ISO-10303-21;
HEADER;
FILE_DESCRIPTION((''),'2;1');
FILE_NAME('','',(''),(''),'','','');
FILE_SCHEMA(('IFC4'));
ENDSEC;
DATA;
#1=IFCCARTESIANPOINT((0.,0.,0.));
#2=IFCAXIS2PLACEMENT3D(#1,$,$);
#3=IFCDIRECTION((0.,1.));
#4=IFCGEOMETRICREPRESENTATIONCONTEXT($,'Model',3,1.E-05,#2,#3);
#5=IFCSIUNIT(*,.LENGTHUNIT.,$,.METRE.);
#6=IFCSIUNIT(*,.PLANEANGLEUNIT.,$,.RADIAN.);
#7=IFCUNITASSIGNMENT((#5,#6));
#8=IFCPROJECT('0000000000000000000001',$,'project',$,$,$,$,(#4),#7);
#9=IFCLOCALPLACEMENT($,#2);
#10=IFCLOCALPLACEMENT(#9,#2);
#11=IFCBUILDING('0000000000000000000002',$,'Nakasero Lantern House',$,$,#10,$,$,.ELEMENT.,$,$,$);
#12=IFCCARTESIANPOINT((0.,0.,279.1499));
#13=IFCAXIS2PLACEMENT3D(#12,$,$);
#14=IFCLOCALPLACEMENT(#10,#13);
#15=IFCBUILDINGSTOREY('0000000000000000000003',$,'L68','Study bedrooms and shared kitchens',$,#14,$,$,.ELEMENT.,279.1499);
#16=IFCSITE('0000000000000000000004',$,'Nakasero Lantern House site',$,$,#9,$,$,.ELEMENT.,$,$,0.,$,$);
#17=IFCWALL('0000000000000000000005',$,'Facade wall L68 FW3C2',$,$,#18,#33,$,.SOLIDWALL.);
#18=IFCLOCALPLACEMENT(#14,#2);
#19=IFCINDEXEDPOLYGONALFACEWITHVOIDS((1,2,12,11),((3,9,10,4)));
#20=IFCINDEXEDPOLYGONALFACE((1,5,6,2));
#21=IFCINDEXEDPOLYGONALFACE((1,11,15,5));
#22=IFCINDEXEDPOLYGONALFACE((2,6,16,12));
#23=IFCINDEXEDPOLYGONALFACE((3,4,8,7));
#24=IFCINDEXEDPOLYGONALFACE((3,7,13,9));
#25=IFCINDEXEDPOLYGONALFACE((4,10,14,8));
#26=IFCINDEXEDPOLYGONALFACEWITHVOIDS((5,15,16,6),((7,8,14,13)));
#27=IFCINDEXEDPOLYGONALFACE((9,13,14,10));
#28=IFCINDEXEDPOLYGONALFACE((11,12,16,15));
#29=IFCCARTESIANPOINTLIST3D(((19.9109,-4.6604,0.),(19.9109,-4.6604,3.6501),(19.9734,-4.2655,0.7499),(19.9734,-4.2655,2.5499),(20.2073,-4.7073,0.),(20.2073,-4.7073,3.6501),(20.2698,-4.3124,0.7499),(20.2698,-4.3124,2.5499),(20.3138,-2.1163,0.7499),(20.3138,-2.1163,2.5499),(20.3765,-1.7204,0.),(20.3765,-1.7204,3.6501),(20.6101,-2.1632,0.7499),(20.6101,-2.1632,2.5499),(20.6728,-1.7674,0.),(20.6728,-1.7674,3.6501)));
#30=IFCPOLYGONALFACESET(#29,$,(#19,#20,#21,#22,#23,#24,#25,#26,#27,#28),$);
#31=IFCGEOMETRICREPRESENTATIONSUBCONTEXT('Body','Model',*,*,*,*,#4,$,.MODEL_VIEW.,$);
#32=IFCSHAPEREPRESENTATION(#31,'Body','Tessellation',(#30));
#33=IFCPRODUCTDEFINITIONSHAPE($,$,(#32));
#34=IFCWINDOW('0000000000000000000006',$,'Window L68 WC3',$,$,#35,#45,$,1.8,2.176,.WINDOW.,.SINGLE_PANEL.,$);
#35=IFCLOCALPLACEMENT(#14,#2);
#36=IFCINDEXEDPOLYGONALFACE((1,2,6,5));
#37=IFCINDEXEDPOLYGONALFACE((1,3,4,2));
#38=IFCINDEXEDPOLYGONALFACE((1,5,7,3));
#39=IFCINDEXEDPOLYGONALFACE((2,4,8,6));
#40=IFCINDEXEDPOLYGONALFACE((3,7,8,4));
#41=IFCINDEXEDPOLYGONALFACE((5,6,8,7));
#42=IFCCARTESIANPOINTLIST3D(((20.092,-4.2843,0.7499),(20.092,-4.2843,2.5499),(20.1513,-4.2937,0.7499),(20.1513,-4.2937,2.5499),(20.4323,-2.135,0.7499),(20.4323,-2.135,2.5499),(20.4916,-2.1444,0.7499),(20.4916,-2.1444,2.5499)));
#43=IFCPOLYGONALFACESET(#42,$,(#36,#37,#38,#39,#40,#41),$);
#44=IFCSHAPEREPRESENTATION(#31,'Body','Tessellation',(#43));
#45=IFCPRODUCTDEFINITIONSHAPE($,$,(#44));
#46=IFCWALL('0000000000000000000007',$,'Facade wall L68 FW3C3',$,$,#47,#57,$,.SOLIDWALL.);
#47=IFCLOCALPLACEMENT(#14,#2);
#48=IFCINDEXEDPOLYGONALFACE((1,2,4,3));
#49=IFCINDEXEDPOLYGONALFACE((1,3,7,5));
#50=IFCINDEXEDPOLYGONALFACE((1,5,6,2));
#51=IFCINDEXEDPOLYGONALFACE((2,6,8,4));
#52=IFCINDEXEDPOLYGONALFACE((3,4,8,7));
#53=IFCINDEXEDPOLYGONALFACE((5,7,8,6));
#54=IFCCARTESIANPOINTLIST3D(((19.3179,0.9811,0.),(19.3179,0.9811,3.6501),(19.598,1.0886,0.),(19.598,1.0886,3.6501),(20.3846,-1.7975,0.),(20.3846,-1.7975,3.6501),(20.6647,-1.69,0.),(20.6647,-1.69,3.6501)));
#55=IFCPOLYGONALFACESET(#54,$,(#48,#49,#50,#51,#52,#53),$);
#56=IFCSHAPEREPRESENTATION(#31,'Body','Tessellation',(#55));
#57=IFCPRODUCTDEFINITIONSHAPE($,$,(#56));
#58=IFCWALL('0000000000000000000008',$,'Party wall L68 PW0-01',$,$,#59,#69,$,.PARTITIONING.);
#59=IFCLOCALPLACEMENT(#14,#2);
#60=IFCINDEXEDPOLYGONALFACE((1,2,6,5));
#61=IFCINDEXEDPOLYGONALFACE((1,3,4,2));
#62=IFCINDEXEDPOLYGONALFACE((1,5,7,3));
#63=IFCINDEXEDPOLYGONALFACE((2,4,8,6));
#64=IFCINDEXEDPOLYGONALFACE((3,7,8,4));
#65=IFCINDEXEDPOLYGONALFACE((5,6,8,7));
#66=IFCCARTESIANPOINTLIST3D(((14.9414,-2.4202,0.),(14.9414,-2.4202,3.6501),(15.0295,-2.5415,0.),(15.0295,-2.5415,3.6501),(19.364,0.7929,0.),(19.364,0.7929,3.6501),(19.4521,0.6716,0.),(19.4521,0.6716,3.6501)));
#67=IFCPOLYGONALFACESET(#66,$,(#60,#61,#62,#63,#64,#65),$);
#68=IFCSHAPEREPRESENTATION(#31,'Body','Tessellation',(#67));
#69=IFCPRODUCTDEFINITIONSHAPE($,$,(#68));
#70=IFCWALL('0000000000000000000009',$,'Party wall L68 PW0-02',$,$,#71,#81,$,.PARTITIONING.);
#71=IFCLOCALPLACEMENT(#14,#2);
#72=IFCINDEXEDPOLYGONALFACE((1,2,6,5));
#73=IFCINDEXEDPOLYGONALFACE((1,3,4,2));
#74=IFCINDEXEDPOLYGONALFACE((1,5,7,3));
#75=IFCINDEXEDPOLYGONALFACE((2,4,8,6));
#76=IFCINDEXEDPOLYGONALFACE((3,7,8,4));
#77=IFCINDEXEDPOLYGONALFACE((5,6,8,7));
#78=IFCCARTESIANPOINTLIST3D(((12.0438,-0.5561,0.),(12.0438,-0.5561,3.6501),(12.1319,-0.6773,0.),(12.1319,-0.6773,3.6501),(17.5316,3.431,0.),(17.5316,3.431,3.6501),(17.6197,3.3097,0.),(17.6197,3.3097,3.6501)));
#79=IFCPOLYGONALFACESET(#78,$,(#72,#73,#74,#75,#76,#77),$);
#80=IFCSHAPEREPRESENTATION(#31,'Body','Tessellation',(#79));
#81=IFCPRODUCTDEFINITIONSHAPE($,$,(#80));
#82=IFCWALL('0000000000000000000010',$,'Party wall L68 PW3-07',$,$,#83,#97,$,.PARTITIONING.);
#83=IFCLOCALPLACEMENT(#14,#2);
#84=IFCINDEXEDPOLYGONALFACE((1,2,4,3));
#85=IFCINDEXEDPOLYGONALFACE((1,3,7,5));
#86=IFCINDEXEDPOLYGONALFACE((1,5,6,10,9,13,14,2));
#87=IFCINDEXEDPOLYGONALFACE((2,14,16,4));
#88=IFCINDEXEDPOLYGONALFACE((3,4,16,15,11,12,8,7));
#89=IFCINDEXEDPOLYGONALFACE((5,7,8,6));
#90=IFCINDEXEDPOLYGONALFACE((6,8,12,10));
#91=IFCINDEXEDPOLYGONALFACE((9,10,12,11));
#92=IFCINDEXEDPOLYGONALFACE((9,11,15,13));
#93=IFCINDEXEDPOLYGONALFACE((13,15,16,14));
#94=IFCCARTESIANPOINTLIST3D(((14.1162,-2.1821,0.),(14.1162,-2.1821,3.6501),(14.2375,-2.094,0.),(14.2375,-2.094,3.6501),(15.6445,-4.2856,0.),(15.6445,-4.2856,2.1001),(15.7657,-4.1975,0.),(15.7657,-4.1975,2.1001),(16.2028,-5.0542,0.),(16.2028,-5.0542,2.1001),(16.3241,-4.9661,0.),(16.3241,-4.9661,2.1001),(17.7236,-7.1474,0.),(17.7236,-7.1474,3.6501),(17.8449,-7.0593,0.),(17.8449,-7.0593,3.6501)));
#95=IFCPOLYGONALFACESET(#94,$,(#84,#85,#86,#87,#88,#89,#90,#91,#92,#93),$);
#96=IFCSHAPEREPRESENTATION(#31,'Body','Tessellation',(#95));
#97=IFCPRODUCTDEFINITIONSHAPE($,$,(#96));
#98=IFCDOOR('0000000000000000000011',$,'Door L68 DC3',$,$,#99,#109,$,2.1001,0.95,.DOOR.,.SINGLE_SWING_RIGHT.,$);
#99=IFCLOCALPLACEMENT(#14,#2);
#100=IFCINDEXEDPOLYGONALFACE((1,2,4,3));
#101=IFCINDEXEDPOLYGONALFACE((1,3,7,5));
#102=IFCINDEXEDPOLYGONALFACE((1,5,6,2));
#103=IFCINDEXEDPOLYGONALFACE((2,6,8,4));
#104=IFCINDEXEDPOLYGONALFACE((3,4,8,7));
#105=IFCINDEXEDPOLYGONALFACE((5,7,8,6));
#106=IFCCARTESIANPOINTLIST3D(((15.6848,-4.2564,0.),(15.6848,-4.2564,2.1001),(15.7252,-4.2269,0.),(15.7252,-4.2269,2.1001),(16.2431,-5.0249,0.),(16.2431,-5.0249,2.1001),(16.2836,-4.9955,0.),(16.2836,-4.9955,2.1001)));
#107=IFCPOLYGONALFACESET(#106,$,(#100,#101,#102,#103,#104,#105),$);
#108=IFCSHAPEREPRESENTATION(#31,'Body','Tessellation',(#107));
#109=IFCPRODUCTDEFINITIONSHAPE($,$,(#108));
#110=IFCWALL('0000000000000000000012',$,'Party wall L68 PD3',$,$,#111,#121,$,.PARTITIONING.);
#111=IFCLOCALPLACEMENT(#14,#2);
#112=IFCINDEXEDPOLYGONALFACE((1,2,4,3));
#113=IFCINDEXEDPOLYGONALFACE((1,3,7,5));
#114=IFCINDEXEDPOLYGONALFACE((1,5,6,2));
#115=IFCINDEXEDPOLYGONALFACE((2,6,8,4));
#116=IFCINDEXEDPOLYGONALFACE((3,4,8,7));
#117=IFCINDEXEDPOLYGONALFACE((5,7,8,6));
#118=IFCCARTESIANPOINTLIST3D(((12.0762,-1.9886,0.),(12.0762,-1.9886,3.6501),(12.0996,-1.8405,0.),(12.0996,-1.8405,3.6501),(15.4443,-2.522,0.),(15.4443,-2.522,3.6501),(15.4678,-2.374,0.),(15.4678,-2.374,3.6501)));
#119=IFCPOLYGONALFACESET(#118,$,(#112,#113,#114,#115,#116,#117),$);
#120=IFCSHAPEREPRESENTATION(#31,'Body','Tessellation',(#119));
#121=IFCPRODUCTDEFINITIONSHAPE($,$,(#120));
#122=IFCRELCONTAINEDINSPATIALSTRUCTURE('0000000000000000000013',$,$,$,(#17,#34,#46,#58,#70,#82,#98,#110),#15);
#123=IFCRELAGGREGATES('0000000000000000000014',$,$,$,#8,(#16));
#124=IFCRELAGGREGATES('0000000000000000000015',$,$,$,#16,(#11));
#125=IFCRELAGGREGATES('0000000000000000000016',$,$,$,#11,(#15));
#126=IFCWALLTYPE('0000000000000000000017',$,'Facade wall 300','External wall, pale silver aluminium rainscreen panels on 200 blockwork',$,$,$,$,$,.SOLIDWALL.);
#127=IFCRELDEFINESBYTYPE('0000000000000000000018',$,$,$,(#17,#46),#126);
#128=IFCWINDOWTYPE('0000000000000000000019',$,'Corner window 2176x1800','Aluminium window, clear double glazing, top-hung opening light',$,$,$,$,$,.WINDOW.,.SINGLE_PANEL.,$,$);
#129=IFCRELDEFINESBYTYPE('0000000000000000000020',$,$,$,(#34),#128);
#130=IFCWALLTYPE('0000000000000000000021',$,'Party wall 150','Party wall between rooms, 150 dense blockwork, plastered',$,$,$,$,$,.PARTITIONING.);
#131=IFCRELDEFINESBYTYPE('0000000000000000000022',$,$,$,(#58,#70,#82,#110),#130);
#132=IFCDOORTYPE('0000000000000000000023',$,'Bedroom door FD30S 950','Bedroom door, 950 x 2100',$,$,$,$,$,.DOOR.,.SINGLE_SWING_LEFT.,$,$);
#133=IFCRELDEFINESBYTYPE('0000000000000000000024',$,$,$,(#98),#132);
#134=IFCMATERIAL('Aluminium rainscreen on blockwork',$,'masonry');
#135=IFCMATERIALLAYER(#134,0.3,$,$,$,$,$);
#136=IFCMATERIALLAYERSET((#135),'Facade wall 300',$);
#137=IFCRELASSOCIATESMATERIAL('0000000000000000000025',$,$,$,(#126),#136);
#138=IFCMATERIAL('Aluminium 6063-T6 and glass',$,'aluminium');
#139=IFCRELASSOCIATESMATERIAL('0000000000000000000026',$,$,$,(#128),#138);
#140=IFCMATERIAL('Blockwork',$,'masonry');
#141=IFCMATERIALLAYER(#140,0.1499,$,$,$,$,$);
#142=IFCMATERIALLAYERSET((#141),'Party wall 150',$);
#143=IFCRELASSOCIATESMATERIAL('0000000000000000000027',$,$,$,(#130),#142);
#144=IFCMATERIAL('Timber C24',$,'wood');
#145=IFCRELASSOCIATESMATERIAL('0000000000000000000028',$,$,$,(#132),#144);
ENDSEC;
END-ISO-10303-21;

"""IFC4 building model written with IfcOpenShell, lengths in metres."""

from ifc_helpers import new_model, si_unit, direction, frame, frame_2d, origin, place, context, subcontext, project, spatial, rectangle, extrude, material, layer, layer_set, type_object, element, fill, save


model = new_model("IFC4")

# Units and contexts
model_context = context("Model", 3, precision=1e-05, world=origin(), true_north=direction((0.0, 1.0)))
body_context = subcontext(model_context, "Body", "Model", "MODEL_VIEW")
ifc_project = project(units=[si_unit("LENGTHUNIT", "METRE"), si_unit("PLANEANGLEUNIT", "RADIAN")], contexts=[model_context])

# Site, building, storey
site_placement = place(None, origin())
site = spatial("IfcSite", under=ifc_project, at=site_placement, Name="Nakasero Lantern House site", CompositionType="ELEMENT", RefElevation=0.0)
building_placement = place(site_placement, origin())
building = spatial("IfcBuilding", under=site, at=building_placement, Name="Nakasero Lantern House", CompositionType="ELEMENT")
storey_placement = place(building_placement, frame((0.0, 0.0, 279.1499)))
storey = spatial("IfcBuildingStorey", under=building, at=storey_placement, Name="L68", Description="Study bedrooms and shared kitchens", CompositionType="ELEMENT", Elevation=279.1499)

# Shared definitions
ifc_material_1 = material(Name="Aluminium rainscreen on blockwork", Category="masonry")
ifc_layer_1 = layer(ifc_material_1, 0.3)
ifc_layer_set_1 = layer_set([ifc_layer_1], Name="Facade wall 300")
wall_type_1 = type_object("IfcWallType", Name="Facade wall 300", Description="External wall, pale silver aluminium rainscreen panels on 200 blockwork", PredefinedType="SOLIDWALL", material=ifc_layer_set_1)

# Wall, opening, window
wall_1_placement = place(storey_placement, frame((20.0591, -4.6838, 0.0), z_axis=(0.0, 0.0, 1.0), x_axis=(0.156413, 0.987692, 0.0)))
wall_1 = element("IfcWall", 1, at=wall_1_placement, inside=storey, type_object=wall_type_1, Name="Facade wall L68 FW3C2", PredefinedType="SOLIDWALL", context=body_context, shape_type="SweptSolid", body=[
    extrude(rectangle(XDim=2.9766, YDim=0.3, at=frame_2d((1.4883, 0.0))), origin(), (0.0, 0.0, 1.0), 3.6501),
])
opening_1_placement = place(wall_1_placement, frame((0.3999, 0.0, 0.75)))
opening_1 = element("IfcOpeningElement", 2, at=opening_1_placement, cuts=wall_1, PredefinedType="OPENING", context=body_context, shape_type="SweptSolid", body=[
    extrude(rectangle(XDim=2.176, YDim=1.8, at=frame_2d((1.0879, 0.8999))), frame((0.0, 0.1699, 0.0), z_axis=(0.0, -1.0, 0.0), x_axis=(1.0, 0.0, 0.0)), (0.0, 0.0, 1.0), 0.3401),
])
ifc_material_2 = material(Name="Aluminium 6063-T6 and glass", Category="aluminium")
window_type = type_object("IfcWindowType", Name="Corner window 2176x1800", Description="Aluminium window, clear double glazing, top-hung opening light", PartitioningType="SINGLE_PANEL", PredefinedType="WINDOW", material=ifc_material_2)
window_placement = place(opening_1_placement, origin())
window = element("IfcWindow", 3, at=window_placement, inside=storey, type_object=window_type, Name="Window L68 WC3", OverallHeight=1.8, OverallWidth=2.176, PartitioningType="SINGLE_PANEL", PredefinedType="WINDOW", context=body_context, shape_type="SweptSolid", body=[
    extrude(rectangle(XDim=2.176, YDim=1.8, at=frame_2d((1.0879, 0.8999))), frame((0.0, 0.03, 0.0), z_axis=(0.0, -1.0, 0.0), x_axis=(1.0, 0.0, 0.0)), (0.0, 0.0, 1.0), 0.0601),
])
fill(opening_1, window)

# Walls
wall_2_placement = place(storey_placement, frame((20.5247, -1.7439, 0.0), z_axis=(0.0, 0.0, 1.0), x_axis=(-0.358385, 0.933574, 0.0)))
element("IfcWall", 4, at=wall_2_placement, inside=storey, type_object=wall_type_1, Name="Facade wall L68 FW3C3", PredefinedType="SOLIDWALL", context=body_context, shape_type="SweptSolid", body=[
    extrude(rectangle(XDim=2.9763, YDim=0.3, at=frame_2d((1.4883, 0.0))), origin(), (0.0, 0.0, 1.0), 3.6501),
])
ifc_material_3 = material(Name="Blockwork", Category="masonry")
ifc_layer_2 = layer(ifc_material_3, 0.1499)
ifc_layer_set_2 = layer_set([ifc_layer_2], Name="Party wall 150")
wall_type_2 = type_object("IfcWallType", Name="Party wall 150", Description="Party wall between rooms, 150 dense blockwork, plastered", PredefinedType="PARTITIONING", material=ifc_layer_set_2)
wall_3_placement = place(storey_placement, frame((14.9854, -2.481, 0.0), z_axis=(0.0, 0.0, 1.0), x_axis=(0.809024, 0.587776, 0.0)))
element("IfcWall", 5, at=wall_3_placement, inside=storey, type_object=wall_type_2, Name="Party wall L68 PW0-01", PredefinedType="PARTITIONING", context=body_context, shape_type="SweptSolid", body=[
    extrude(rectangle(XDim=5.4666, YDim=0.1499, at=frame_2d((2.7334, 0.0))), origin(), (0.0, 0.0, 1.0), 3.6501),
])
wall_4_placement = place(storey_placement, frame((12.0879, -0.6167, 0.0), z_axis=(0.0, 0.0, 1.0), x_axis=(0.809021, 0.58778, 0.0)))
element("IfcWall", 6, at=wall_4_placement, inside=storey, type_object=wall_type_2, Name="Party wall L68 PW0-02", PredefinedType="PARTITIONING", context=body_context, shape_type="SweptSolid", body=[
    extrude(rectangle(XDim=6.7832, YDim=0.1499, at=frame_2d((3.3916, 0.0))), origin(), (0.0, 0.0, 1.0), 3.6501),
])

# Wall, opening, door
wall_5_placement = place(storey_placement, frame((14.1768, -2.1379, 0.0), z_axis=(0.0, 0.0, 1.0), x_axis=(0.587774, -0.809025, 0.0)))
wall_5 = element("IfcWall", 7, at=wall_5_placement, inside=storey, type_object=wall_type_2, Name="Party wall L68 PW3-07", PredefinedType="PARTITIONING", context=body_context, shape_type="SweptSolid", body=[
    extrude(rectangle(XDim=6.1375, YDim=0.1499, at=frame_2d((3.0688, 0.0))), origin(), (0.0, 0.0, 1.0), 3.6501),
])
opening_2_placement = place(wall_5_placement, frame((2.6001, 0.0, 0.0)))
opening_2 = element("IfcOpeningElement", 8, at=opening_2_placement, cuts=wall_5, PredefinedType="OPENING", context=body_context, shape_type="SweptSolid", body=[
    extrude(rectangle(XDim=0.95, YDim=2.1001, at=frame_2d((0.4751, 1.05))), frame((0.0, 0.095, 0.0), z_axis=(0.0, -1.0, 0.0), x_axis=(1.0, 0.0, 0.0)), (0.0, 0.0, 1.0), 0.1899),
])
ifc_material_4 = material(Name="Timber C24", Category="wood")
door_type_1 = type_object("IfcDoorType", Name="Bedroom door FD30S 950", Description="Bedroom door, 950 x 2100", OperationType="SINGLE_SWING_LEFT", PredefinedType="DOOR", material=ifc_material_4)
door_1_placement = place(opening_2_placement, origin())
door_1 = element("IfcDoor", 9, at=door_1_placement, inside=storey, type_object=door_type_1, Name="Door L68 DC3", OperationType="SINGLE_SWING_RIGHT", OverallHeight=2.1001, OverallWidth=0.95, PredefinedType="DOOR", context=body_context, shape_type="SweptSolid", body=[
    extrude(rectangle(XDim=0.95, YDim=2.1001, at=frame_2d((0.4751, 1.05))), frame((0.0, 0.0249, 0.0), z_axis=(0.0, -1.0, 0.0), x_axis=(1.0, 0.0, 0.0)), (0.0, 0.0, 1.0), 0.05),
])
fill(opening_2, door_1)

# Wall
wall_6_placement = place(storey_placement, frame((12.0879, -1.9146, 0.0), z_axis=(0.0, 0.0, 1.0), x_axis=(0.987689, -0.156429, 0.0)))
element("IfcWall", 10, at=wall_6_placement, inside=storey, type_object=wall_type_2, Name="Party wall L68 PD3", PredefinedType="PARTITIONING", context=body_context, shape_type="SweptSolid", body=[
    extrude(rectangle(XDim=3.4102, YDim=0.1499, at=frame_2d((1.7051, 0.0))), origin(), (0.0, 0.0, 1.0), 3.6501),
])

save(model, "model.ifc")
